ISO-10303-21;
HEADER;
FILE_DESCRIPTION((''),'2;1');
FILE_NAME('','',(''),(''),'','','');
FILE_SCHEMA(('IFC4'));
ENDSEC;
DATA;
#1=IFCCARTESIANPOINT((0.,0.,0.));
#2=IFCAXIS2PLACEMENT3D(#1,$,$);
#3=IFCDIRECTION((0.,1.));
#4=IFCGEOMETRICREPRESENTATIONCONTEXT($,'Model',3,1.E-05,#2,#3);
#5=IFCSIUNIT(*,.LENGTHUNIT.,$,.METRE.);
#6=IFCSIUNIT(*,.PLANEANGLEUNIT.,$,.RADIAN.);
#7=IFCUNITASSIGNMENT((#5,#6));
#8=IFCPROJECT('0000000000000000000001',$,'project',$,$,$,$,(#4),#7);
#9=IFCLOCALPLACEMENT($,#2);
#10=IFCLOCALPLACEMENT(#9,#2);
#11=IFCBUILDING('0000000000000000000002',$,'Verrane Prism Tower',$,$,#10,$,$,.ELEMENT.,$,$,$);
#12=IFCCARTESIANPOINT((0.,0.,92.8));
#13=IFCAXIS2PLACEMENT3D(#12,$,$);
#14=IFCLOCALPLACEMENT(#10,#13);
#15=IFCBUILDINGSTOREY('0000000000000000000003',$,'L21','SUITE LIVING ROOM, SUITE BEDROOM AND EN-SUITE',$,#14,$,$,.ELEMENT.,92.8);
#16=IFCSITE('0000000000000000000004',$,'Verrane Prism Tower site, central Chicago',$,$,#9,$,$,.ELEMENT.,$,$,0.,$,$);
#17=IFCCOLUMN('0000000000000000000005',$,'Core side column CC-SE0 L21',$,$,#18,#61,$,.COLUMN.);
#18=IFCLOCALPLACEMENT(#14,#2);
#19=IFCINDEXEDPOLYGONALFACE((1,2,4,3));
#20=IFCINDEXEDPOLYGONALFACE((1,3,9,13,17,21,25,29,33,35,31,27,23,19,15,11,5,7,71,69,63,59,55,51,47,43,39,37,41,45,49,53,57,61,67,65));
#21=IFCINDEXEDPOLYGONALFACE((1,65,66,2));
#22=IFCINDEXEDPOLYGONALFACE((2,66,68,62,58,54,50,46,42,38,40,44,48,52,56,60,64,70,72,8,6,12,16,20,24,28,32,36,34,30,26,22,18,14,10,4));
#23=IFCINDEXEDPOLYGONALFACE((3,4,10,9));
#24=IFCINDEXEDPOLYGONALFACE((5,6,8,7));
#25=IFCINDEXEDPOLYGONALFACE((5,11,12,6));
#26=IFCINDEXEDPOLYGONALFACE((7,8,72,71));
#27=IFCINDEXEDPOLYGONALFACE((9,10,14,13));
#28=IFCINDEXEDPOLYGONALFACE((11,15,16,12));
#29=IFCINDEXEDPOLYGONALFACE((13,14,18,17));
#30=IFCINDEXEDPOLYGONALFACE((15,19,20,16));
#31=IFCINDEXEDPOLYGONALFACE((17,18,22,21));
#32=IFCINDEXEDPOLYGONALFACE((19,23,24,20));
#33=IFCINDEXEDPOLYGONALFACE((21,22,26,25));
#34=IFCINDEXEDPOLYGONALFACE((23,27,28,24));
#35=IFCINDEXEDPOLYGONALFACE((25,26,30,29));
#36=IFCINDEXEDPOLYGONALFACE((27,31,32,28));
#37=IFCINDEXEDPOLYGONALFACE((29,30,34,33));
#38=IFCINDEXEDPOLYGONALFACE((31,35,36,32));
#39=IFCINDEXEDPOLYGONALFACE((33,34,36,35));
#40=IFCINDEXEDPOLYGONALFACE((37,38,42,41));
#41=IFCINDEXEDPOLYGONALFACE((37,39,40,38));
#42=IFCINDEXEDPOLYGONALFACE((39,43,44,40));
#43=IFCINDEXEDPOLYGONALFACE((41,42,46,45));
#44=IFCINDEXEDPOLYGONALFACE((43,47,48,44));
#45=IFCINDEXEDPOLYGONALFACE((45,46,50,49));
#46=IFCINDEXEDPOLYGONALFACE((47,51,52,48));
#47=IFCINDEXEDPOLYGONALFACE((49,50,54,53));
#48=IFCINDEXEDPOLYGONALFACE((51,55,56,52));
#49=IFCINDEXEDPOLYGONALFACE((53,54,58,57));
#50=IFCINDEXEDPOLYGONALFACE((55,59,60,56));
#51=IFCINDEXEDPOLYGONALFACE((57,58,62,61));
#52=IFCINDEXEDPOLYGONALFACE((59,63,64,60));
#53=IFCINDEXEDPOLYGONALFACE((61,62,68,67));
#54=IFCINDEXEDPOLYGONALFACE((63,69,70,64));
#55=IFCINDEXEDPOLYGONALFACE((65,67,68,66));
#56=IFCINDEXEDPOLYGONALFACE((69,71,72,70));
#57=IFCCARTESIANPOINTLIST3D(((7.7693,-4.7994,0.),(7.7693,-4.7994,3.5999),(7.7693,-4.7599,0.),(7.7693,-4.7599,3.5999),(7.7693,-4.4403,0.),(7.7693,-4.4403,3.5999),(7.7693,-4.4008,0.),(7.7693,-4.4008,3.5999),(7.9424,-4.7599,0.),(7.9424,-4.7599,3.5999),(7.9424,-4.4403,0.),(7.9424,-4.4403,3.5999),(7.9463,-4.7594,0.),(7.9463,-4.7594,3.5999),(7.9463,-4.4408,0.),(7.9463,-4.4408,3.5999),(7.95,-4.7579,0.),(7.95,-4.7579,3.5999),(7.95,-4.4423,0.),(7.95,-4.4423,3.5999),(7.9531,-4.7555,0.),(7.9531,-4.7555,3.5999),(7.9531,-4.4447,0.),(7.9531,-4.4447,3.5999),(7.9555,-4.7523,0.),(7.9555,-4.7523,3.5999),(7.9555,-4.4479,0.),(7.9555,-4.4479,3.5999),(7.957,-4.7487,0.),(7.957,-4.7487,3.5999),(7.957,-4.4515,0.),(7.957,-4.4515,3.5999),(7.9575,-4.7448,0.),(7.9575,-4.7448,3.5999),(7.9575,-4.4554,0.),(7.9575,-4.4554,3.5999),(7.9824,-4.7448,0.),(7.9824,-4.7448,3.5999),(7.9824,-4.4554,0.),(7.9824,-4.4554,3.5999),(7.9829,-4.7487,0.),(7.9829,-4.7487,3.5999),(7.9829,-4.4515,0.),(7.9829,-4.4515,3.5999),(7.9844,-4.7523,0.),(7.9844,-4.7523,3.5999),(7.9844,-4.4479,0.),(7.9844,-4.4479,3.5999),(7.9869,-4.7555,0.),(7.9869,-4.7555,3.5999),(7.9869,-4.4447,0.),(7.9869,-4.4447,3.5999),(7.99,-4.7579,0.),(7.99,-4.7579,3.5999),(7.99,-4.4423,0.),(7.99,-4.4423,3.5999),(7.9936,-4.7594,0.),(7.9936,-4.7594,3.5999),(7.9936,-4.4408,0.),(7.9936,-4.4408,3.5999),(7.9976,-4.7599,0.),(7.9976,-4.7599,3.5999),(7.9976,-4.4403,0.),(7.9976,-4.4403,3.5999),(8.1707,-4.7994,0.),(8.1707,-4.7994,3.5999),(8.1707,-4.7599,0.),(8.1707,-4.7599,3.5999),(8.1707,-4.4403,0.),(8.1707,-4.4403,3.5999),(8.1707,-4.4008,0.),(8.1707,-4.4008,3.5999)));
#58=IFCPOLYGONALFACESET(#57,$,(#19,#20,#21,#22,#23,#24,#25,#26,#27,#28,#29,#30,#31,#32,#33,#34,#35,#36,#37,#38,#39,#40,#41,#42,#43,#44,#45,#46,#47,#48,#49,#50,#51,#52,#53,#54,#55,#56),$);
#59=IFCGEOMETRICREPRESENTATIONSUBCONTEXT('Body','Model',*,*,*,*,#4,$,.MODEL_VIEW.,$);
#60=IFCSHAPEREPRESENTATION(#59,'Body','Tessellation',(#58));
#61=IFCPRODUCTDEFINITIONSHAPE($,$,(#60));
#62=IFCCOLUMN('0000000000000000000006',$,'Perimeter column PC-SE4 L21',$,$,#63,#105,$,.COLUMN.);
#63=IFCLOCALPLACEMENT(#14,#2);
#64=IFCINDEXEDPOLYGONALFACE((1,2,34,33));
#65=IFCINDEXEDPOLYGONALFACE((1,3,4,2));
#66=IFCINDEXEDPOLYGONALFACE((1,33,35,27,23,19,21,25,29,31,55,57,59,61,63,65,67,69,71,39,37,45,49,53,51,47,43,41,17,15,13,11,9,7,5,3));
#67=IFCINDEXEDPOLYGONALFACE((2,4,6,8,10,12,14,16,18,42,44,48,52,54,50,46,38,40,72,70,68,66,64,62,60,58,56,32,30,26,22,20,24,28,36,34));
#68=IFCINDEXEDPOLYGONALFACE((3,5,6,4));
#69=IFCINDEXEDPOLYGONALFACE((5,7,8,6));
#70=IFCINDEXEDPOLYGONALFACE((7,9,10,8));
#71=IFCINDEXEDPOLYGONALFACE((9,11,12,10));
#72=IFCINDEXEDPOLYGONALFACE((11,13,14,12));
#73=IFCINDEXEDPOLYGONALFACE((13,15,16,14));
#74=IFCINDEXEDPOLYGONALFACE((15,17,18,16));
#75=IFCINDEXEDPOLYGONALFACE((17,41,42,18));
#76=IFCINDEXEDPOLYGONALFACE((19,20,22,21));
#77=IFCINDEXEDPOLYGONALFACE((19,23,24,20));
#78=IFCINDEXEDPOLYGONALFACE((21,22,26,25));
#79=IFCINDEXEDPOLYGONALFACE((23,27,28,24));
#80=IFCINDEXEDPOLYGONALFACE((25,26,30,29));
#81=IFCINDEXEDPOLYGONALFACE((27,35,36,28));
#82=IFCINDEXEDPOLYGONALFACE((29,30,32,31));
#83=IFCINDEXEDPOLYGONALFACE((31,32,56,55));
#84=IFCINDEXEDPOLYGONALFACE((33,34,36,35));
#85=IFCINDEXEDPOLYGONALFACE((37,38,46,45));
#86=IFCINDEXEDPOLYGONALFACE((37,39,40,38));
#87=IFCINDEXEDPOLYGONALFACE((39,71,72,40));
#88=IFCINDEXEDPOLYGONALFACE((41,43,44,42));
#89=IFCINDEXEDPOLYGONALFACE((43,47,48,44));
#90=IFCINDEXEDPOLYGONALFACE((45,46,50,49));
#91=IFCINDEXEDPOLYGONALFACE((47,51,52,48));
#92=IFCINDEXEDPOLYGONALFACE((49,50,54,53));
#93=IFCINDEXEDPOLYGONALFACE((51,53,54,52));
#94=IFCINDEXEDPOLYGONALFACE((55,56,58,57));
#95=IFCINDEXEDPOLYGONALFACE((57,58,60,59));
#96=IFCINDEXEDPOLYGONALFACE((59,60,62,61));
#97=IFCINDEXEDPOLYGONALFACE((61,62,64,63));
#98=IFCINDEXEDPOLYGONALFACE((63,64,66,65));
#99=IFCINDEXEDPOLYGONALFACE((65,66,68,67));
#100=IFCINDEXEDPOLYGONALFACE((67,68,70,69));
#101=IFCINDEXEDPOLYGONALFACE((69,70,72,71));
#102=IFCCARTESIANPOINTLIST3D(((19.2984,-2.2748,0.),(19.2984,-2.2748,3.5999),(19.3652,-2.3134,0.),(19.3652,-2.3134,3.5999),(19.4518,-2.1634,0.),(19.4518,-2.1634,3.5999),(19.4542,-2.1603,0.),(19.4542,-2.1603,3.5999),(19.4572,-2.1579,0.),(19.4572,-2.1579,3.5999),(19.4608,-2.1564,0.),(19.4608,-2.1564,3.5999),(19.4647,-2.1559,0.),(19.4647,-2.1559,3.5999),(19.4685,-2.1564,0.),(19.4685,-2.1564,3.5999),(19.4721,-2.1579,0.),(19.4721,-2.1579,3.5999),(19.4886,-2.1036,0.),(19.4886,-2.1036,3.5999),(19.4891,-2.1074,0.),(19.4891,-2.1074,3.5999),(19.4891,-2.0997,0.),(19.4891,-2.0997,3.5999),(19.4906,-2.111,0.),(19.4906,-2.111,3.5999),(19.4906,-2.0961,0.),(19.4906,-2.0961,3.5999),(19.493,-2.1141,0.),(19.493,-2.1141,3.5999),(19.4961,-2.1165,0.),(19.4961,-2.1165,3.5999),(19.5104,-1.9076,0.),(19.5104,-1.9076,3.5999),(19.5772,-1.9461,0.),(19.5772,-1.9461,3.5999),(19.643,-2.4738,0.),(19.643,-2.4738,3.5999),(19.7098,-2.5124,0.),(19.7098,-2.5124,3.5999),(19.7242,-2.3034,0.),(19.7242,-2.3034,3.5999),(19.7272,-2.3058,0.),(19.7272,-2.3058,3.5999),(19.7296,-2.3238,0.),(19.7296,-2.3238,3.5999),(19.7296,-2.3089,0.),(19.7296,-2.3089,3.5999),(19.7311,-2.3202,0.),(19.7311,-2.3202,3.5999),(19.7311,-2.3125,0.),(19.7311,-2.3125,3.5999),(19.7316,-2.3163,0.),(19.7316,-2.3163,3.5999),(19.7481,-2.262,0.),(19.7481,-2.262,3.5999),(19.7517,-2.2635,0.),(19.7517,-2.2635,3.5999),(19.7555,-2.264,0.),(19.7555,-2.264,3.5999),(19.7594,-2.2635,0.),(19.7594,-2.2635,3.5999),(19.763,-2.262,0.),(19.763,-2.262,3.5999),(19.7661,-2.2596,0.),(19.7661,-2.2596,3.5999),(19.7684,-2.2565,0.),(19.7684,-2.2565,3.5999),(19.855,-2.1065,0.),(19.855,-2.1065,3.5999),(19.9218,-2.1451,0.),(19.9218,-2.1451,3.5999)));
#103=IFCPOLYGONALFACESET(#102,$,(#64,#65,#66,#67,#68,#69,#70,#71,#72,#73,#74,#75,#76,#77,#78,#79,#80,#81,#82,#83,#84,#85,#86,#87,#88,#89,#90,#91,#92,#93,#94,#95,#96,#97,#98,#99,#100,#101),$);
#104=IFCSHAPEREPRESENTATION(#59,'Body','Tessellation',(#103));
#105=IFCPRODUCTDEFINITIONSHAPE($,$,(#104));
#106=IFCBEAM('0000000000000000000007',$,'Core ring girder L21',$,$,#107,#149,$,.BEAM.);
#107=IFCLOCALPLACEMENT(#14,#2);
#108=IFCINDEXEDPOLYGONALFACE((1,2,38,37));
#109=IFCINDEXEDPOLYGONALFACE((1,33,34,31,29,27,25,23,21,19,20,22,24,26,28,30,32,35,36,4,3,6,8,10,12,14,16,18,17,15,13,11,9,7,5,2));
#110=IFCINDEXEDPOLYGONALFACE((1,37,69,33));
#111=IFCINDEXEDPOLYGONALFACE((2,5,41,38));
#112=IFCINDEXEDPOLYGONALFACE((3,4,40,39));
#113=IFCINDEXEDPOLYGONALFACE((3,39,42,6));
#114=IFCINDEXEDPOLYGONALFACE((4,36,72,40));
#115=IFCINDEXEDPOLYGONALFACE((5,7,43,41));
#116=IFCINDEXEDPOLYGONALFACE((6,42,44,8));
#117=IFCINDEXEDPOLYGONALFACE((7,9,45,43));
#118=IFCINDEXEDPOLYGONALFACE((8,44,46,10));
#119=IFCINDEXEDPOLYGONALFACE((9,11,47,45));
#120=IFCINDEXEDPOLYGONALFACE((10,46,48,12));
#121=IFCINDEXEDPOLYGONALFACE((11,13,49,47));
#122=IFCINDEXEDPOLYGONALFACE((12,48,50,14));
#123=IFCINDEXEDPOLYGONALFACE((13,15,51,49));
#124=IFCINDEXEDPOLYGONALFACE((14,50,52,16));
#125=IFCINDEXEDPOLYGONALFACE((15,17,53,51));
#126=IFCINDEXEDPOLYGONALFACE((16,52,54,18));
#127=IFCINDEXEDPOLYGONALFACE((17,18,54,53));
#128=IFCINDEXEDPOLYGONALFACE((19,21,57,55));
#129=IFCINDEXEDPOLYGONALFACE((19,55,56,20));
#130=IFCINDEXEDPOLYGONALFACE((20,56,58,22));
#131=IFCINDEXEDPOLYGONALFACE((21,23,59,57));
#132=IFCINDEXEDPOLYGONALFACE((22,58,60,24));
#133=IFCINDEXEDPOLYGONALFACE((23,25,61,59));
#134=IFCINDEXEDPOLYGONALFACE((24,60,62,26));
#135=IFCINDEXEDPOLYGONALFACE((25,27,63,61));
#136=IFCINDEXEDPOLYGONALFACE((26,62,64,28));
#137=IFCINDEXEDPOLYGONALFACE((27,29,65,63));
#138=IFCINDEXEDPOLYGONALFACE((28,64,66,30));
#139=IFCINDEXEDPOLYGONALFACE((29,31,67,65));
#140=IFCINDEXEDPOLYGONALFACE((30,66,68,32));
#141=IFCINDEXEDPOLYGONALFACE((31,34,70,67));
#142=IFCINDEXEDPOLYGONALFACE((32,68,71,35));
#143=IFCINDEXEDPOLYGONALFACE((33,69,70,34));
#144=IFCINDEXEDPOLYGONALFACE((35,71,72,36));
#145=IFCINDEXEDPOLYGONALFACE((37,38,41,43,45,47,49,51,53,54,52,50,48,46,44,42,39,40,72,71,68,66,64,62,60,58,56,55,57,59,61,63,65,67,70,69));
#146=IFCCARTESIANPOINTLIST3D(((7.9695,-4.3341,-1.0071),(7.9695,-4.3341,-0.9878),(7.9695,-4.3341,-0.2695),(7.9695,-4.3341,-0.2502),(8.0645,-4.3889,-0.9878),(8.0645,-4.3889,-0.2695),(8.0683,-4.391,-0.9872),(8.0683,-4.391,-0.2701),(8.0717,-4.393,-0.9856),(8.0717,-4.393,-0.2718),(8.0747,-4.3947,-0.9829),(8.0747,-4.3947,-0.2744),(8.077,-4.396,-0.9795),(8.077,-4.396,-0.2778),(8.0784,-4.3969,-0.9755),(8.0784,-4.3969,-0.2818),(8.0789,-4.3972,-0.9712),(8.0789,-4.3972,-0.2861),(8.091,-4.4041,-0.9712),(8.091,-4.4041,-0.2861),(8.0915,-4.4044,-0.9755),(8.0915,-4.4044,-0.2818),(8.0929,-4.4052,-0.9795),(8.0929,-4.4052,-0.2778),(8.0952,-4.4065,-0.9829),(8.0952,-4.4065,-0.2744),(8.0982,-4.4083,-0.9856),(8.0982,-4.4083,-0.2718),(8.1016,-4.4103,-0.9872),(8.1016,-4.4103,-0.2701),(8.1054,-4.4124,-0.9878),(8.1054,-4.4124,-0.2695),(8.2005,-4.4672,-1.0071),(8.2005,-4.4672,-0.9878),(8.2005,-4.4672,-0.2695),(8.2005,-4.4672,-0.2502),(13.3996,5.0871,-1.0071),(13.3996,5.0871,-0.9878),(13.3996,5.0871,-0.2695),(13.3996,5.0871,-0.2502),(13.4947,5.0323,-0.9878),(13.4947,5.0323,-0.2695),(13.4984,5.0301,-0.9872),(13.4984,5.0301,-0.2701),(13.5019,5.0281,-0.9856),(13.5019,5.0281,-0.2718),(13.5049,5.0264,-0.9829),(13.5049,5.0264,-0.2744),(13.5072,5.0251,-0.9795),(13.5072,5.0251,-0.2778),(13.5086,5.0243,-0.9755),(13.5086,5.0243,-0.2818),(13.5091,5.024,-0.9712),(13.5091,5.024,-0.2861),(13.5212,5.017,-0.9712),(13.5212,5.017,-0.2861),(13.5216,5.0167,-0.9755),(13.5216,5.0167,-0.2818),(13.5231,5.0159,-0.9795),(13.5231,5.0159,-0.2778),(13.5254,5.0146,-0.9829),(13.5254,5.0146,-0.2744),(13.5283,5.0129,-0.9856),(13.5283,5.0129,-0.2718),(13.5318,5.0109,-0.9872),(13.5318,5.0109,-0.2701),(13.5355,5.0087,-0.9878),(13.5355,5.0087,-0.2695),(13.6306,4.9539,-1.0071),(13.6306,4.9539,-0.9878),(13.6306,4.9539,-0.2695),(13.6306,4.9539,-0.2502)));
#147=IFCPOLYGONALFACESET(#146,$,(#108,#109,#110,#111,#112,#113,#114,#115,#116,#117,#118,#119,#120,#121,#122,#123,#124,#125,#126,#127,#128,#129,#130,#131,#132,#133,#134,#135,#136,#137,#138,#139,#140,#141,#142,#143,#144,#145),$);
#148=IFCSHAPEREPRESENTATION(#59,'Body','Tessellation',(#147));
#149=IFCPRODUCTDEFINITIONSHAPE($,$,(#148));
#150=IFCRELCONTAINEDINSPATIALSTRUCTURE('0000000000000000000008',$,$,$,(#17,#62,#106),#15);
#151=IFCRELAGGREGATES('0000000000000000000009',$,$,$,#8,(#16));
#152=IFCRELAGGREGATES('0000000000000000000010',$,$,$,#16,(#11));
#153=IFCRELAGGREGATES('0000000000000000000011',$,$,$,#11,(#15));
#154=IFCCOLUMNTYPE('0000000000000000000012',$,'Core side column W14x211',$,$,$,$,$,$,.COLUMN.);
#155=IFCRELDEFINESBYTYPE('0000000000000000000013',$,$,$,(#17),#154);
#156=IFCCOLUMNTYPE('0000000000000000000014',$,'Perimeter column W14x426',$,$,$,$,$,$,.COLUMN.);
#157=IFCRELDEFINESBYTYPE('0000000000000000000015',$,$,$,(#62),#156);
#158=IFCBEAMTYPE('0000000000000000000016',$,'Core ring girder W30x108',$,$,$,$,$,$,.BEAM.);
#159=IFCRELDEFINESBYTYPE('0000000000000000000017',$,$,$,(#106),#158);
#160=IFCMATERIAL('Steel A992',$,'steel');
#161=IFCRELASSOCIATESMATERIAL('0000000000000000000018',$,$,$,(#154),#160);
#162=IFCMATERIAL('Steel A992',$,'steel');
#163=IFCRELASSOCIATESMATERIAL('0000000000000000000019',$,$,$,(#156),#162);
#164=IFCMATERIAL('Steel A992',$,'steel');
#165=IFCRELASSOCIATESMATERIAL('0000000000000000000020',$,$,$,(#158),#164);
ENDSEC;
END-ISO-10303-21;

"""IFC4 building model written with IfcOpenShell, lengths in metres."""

from ifc_helpers import new_model, si_unit, direction, frame, origin, origin_2d, place, context, subcontext, project, spatial, i_section, extrude, material, material_profile, profile_set, type_object, element, save


model = new_model("IFC4")

# Units and contexts
model_context = context("Model", 3, precision=1e-05, world=origin(), true_north=direction((0.0, 1.0)))
body_context = subcontext(model_context, "Body", "Model", "MODEL_VIEW")
ifc_project = project(units=[si_unit("LENGTHUNIT", "METRE"), si_unit("PLANEANGLEUNIT", "RADIAN")], contexts=[model_context])

# Site, building, storey
site_placement = place(None, origin())
site = spatial("IfcSite", under=ifc_project, at=site_placement, Name="Verrane Prism Tower site, central Chicago", CompositionType="ELEMENT", RefElevation=0.0)
building_placement = place(site_placement, origin())
building = spatial("IfcBuilding", under=site, at=building_placement, Name="Verrane Prism Tower", CompositionType="ELEMENT")
storey_placement = place(building_placement, frame((0.0, 0.0, 92.8)))
storey = spatial("IfcBuildingStorey", under=building, at=storey_placement, Name="L21", Description="SUITE LIVING ROOM, SUITE BEDROOM AND EN-SUITE", CompositionType="ELEMENT", Elevation=92.8)

# Columns
ifc_material_1 = material(Name="Steel A992", Category="steel")
ifc_material_profile_1 = material_profile(ifc_material_1, i_section(OverallWidth=0.4014, OverallDepth=0.3987, WebThickness=0.0249, FlangeThickness=0.0396, FilletRadius=0.0151, at=origin_2d()), Name="W14x211")
ifc_profile_set_1 = profile_set([ifc_material_profile_1], Name="Steel A992")
column_type_1 = type_object("IfcColumnType", Name="Core side column W14x211", PredefinedType="COLUMN", material=ifc_profile_set_1)
column_1_placement = place(storey_placement, frame((7.97, -4.6001, 0.0), z_axis=(0.0, 0.0, 1.0), x_axis=(1.0, 0.0, 0.0)))
element("IfcColumn", 1, at=column_1_placement, inside=storey, type_object=column_type_1, Name="Core side column CC-SE0 L21", PredefinedType="COLUMN", context=body_context, shape_type="SweptSolid", body=[
    extrude(i_section(OverallWidth=0.4014, OverallDepth=0.3987, WebThickness=0.0249, FlangeThickness=0.0396, FilletRadius=0.0151, at=origin_2d()), origin(), (0.0, 0.0, 1.0), 3.5999),
])
ifc_material_2 = material(Name="Steel A992", Category="steel")
ifc_material_profile_2 = material_profile(ifc_material_2, i_section(OverallWidth=0.4241, OverallDepth=0.4751, WebThickness=0.0479, FlangeThickness=0.0771, FilletRadius=0.0149, at=origin_2d()), Name="W14x426")
ifc_profile_set_2 = profile_set([ifc_material_profile_2], Name="Steel A992")
column_type_2 = type_object("IfcColumnType", Name="Perimeter column W14x426", PredefinedType="COLUMN", material=ifc_profile_set_2)
column_2_placement = place(storey_placement, frame((19.6101, -2.21, 0.0), z_axis=(0.0, 0.0, 1.0), x_axis=(-0.5, -0.866025, 0.0)))
element("IfcColumn", 2, at=column_2_placement, inside=storey, type_object=column_type_2, Name="Perimeter column PC-SE4 L21", PredefinedType="COLUMN", context=body_context, shape_type="SweptSolid", body=[
    extrude(i_section(OverallWidth=0.4241, OverallDepth=0.4751, WebThickness=0.0479, FlangeThickness=0.0771, FilletRadius=0.0149, at=origin_2d()), origin(), (0.0, 0.0, 1.0), 3.5999),
])

# Beam
ifc_material_3 = material(Name="Steel A992", Category="steel")
ifc_material_profile_3 = material_profile(ifc_material_3, i_section(OverallWidth=0.2666, OverallDepth=0.7568, WebThickness=0.0139, FlangeThickness=0.0193, FilletRadius=0.0166, at=origin_2d()), Name="W30x108")
ifc_profile_set_3 = profile_set([ifc_material_profile_3], Name="Steel A992")
beam_type_1 = type_object("IfcBeamType", Name="Core ring girder W30x108", PredefinedType="BEAM", material=ifc_profile_set_3)
beam_1_placement = place(storey_placement, frame((8.085, -4.4006, -0.6287), z_axis=(0.499371, 0.866388, 0.0), x_axis=(-0.866388, 0.499371, 0.0)))
element("IfcBeam", 3, at=beam_1_placement, inside=storey, type_object=beam_type_1, Name="Core ring girder L21", PredefinedType="BEAM", context=body_context, shape_type="SweptSolid", body=[
    extrude(i_section(OverallWidth=0.2666, OverallDepth=0.7568, WebThickness=0.0139, FlangeThickness=0.0193, FilletRadius=0.0166, at=origin_2d()), origin(), (0.0, 0.0, 1.0), 10.874),
])

save(model, "model.ifc")
